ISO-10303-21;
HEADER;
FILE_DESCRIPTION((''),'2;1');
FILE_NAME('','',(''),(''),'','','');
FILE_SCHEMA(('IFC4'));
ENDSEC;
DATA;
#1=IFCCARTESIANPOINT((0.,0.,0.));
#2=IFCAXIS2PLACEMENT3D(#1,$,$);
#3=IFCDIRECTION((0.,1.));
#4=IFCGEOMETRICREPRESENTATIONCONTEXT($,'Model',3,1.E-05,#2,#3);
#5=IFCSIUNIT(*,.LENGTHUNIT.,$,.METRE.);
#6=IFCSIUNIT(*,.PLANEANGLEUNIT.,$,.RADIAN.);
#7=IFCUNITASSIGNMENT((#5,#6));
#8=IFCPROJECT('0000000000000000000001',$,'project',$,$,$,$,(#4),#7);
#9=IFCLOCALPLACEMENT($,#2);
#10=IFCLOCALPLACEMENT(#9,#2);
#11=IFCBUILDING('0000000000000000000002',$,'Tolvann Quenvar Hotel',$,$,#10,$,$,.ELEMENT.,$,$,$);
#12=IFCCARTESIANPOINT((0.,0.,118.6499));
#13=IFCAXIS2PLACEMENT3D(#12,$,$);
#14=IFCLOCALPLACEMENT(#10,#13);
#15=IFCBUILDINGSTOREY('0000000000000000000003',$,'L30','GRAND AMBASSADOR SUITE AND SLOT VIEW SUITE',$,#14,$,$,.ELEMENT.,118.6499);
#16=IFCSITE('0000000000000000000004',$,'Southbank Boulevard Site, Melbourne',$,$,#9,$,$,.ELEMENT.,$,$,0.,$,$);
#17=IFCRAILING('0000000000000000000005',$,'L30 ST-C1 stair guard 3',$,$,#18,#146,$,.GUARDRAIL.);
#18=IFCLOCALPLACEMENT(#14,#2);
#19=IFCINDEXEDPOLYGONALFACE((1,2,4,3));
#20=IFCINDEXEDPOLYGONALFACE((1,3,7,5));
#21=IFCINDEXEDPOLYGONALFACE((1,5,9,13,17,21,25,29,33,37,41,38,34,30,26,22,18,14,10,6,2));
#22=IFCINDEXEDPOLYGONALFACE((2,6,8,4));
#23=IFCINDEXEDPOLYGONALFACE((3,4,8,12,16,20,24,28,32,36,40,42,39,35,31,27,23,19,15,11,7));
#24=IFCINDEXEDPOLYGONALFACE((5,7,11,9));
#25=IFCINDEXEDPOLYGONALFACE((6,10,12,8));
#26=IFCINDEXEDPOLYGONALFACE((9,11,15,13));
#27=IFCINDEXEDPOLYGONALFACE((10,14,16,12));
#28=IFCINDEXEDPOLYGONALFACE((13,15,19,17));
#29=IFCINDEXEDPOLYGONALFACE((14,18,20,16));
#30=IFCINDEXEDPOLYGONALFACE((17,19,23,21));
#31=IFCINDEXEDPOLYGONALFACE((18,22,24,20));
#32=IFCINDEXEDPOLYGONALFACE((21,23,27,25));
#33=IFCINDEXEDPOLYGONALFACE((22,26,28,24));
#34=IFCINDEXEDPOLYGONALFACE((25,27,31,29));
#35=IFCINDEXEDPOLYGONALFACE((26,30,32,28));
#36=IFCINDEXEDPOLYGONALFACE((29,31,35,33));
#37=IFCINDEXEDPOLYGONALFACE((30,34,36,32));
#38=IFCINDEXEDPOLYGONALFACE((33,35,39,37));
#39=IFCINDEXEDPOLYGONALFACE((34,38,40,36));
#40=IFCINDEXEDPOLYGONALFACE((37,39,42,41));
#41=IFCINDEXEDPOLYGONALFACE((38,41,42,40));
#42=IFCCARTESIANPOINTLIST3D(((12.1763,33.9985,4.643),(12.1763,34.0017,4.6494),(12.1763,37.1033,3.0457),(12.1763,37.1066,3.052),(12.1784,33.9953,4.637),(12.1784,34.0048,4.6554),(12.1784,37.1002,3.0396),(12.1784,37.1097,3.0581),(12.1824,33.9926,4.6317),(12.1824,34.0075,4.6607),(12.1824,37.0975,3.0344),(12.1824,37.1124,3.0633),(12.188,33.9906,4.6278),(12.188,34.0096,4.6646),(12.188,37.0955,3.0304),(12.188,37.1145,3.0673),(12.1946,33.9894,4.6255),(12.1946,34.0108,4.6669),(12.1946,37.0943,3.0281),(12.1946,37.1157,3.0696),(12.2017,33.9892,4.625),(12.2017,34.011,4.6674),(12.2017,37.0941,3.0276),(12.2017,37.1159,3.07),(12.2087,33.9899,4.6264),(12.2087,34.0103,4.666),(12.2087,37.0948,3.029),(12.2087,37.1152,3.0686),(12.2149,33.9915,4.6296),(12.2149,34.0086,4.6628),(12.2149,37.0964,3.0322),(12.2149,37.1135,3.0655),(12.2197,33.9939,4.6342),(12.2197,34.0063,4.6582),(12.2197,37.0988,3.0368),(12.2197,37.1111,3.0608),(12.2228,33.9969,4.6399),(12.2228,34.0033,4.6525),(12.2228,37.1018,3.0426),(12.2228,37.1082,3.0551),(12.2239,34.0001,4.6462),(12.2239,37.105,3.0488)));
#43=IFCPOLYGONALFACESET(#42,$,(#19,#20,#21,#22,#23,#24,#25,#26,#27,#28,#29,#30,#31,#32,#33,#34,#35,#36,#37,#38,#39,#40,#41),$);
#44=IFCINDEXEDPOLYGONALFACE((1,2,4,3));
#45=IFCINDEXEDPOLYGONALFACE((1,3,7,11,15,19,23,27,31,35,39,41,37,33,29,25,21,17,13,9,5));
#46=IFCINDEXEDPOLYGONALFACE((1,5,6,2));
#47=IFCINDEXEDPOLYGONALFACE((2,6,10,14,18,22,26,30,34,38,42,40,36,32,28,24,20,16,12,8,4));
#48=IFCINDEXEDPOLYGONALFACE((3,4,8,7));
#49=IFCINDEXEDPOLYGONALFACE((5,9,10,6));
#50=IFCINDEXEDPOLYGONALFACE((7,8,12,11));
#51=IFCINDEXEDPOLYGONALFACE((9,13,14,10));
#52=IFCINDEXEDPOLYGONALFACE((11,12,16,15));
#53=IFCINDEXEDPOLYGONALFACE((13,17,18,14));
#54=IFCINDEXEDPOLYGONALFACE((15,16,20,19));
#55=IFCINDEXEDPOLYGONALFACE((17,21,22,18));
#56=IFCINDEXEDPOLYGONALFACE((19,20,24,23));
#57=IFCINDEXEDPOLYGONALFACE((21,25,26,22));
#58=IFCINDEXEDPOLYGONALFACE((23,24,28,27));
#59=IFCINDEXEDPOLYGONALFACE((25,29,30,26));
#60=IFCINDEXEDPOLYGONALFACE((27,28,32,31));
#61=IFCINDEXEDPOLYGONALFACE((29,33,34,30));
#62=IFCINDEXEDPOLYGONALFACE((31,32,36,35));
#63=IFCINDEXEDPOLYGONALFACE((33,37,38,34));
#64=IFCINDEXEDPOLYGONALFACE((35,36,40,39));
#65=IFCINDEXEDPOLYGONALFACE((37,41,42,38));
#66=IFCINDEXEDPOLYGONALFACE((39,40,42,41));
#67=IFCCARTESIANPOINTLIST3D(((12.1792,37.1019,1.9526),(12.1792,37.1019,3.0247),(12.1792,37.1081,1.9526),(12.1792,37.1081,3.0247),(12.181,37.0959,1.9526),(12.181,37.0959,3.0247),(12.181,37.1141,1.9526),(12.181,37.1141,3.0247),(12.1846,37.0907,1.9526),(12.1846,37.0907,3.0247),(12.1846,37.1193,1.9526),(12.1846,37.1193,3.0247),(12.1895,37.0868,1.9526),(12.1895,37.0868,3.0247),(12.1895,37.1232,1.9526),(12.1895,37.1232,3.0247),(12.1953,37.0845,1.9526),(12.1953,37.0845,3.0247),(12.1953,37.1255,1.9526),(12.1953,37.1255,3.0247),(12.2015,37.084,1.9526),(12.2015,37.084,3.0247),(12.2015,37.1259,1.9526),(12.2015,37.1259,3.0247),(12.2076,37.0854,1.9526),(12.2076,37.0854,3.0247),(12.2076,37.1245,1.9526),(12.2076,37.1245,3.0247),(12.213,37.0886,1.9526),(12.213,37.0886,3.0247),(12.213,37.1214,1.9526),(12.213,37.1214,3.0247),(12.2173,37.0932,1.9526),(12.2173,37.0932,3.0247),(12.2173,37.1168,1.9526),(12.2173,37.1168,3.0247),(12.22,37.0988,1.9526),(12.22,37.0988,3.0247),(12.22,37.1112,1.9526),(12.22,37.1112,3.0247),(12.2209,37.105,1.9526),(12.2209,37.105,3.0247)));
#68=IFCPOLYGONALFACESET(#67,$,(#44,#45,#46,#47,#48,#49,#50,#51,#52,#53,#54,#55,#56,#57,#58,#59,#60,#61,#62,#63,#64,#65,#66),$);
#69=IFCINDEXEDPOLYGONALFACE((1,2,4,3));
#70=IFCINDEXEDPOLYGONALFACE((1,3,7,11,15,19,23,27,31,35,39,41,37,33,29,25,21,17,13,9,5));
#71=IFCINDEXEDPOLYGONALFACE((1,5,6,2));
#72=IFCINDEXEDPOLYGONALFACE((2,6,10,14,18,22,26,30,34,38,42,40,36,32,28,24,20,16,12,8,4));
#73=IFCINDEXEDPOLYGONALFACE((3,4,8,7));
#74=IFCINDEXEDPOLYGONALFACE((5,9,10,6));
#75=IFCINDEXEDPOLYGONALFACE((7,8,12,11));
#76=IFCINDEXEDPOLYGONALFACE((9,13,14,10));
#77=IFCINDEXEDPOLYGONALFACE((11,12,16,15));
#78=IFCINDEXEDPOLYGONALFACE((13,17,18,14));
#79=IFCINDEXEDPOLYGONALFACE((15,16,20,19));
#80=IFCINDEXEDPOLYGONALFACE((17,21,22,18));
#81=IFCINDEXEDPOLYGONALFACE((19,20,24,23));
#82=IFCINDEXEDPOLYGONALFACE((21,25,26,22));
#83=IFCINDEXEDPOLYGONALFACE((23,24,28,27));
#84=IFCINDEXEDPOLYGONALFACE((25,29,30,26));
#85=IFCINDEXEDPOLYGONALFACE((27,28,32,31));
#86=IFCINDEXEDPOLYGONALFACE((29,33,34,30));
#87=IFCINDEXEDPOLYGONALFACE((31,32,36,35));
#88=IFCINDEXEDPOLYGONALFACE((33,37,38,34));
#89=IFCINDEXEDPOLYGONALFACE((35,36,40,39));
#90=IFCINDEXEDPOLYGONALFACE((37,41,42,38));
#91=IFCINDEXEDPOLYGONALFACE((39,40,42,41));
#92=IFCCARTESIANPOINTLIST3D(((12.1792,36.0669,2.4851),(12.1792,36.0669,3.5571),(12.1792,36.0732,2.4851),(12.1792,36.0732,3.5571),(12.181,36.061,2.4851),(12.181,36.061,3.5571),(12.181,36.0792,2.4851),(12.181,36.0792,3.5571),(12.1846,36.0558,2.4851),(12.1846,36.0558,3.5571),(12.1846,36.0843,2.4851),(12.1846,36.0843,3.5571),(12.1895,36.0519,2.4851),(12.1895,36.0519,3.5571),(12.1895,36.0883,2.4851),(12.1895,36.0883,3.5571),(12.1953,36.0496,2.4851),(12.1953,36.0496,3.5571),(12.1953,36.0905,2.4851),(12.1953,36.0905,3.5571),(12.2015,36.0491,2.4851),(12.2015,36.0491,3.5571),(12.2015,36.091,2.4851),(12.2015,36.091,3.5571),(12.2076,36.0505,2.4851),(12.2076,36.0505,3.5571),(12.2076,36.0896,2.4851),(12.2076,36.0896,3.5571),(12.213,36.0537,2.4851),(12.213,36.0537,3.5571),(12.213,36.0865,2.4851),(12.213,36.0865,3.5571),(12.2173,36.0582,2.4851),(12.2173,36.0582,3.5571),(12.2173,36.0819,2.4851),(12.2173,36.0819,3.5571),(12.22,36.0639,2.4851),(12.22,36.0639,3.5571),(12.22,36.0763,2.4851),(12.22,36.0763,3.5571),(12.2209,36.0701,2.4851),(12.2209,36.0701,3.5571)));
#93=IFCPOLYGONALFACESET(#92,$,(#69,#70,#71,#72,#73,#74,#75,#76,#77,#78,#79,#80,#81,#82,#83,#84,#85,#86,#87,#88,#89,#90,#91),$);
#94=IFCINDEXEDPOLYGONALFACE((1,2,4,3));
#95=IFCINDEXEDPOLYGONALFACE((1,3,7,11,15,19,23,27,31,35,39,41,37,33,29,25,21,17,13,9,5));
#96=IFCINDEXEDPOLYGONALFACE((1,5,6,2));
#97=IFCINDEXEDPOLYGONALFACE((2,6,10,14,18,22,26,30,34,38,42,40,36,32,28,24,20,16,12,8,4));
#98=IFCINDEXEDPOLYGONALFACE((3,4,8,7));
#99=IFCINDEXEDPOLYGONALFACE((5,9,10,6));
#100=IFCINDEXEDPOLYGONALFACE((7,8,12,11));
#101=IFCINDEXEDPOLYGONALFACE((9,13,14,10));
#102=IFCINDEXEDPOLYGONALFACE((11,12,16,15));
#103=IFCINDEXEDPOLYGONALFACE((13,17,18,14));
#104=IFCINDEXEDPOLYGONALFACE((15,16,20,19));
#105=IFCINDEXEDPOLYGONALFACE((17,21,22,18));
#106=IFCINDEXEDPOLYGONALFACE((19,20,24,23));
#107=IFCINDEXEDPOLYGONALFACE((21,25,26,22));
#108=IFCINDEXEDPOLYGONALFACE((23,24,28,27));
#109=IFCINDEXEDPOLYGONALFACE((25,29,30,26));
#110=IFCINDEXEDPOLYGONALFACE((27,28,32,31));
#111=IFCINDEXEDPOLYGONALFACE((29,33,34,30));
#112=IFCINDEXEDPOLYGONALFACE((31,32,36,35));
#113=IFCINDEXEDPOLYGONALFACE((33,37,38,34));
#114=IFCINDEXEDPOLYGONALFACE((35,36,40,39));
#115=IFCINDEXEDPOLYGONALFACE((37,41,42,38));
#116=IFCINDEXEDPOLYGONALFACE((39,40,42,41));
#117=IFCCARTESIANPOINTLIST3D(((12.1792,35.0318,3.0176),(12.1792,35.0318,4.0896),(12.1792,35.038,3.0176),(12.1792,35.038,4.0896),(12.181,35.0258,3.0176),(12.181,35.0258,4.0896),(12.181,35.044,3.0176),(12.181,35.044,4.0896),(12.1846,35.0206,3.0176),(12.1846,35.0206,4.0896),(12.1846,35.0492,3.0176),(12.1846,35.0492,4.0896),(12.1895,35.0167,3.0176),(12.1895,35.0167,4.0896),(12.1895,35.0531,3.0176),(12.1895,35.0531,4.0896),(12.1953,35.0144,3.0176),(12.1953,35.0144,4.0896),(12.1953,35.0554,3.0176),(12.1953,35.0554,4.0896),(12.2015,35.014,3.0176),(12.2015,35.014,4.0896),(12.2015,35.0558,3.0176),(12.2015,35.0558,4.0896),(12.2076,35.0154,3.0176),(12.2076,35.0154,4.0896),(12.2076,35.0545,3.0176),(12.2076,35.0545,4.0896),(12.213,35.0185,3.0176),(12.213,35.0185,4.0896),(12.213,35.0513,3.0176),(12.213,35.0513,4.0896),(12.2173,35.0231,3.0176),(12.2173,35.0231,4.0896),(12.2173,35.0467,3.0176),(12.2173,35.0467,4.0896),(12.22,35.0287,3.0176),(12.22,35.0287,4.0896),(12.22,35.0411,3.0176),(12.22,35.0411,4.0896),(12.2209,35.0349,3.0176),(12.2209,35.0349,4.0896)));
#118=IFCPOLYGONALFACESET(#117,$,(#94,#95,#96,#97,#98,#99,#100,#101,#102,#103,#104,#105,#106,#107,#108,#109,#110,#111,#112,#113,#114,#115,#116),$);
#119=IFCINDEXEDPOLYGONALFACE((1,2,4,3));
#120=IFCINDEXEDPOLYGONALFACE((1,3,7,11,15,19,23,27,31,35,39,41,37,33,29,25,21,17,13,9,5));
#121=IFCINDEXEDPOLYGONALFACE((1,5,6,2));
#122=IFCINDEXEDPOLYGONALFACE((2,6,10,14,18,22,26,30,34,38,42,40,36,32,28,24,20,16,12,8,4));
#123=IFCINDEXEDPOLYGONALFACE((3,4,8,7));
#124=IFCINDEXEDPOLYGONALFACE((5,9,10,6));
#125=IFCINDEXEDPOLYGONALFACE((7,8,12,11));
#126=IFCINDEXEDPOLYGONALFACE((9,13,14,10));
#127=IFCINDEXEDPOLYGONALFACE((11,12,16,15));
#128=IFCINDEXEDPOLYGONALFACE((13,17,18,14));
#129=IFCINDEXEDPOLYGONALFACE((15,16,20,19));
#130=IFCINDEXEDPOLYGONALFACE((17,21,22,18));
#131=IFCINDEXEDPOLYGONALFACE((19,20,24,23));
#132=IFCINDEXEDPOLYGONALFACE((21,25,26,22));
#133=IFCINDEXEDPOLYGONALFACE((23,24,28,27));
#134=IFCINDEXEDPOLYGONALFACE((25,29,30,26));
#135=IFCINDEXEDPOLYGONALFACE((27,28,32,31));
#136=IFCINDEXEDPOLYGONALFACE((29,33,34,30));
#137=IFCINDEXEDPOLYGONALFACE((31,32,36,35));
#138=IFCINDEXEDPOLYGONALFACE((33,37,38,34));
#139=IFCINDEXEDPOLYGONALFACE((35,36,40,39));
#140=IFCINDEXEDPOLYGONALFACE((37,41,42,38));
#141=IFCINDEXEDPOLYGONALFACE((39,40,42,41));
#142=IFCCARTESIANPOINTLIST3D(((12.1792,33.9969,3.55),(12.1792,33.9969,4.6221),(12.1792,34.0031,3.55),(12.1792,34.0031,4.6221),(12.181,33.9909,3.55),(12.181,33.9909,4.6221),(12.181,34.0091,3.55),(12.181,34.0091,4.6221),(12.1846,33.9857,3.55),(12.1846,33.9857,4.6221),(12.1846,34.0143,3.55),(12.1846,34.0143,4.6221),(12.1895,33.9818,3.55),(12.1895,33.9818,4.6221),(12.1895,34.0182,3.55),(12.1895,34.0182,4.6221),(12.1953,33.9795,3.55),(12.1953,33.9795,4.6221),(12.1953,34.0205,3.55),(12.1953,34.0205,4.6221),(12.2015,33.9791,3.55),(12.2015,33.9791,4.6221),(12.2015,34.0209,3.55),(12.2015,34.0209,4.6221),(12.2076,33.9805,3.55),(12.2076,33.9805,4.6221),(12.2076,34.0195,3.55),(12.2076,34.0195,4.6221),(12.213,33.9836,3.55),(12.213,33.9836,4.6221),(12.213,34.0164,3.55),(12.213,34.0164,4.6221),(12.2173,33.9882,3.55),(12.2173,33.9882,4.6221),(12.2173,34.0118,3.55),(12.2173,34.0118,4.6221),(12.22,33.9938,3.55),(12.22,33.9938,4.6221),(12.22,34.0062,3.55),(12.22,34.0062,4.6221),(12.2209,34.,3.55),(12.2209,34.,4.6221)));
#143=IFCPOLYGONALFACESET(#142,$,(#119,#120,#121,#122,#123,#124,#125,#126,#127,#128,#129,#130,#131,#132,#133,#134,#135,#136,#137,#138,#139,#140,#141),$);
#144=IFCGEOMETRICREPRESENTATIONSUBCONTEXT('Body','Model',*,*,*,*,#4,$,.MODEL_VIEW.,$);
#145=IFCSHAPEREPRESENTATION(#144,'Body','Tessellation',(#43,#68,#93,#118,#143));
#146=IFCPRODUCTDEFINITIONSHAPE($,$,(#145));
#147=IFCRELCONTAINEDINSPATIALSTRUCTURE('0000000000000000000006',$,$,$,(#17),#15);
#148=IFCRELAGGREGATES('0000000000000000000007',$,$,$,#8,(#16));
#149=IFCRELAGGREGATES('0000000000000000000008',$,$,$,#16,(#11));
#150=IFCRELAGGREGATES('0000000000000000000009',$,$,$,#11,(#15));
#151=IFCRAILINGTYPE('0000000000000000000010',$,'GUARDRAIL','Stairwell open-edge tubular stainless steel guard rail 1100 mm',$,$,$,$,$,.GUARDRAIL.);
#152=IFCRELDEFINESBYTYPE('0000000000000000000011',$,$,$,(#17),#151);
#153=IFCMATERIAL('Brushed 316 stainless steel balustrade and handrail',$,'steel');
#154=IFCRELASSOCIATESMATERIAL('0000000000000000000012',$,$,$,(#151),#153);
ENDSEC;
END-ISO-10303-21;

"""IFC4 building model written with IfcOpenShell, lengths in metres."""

from ifc_helpers import new_model, si_unit, direction, frame, origin, origin_2d, place, context, subcontext, project, spatial, circle, extrude, material, type_object, element, save


model = new_model("IFC4")

# Units and contexts
model_context = context("Model", 3, precision=1e-05, world=origin(), true_north=direction((0.0, 1.0)))
body_context = subcontext(model_context, "Body", "Model", "MODEL_VIEW")
ifc_project = project(units=[si_unit("LENGTHUNIT", "METRE"), si_unit("PLANEANGLEUNIT", "RADIAN")], contexts=[model_context])

# Site, building, storey
site_placement = place(None, origin())
site = spatial("IfcSite", under=ifc_project, at=site_placement, Name="Southbank Boulevard Site, Melbourne", CompositionType="ELEMENT", RefElevation=0.0)
building_placement = place(site_placement, origin())
building = spatial("IfcBuilding", under=site, at=building_placement, Name="Tolvann Quenvar Hotel", CompositionType="ELEMENT")
storey_placement = place(building_placement, frame((0.0, 0.0, 118.6499)))
storey = spatial("IfcBuildingStorey", under=building, at=storey_placement, Name="L30", Description="GRAND AMBASSADOR SUITE AND SLOT VIEW SUITE", CompositionType="ELEMENT", Elevation=118.6499)

# Railing
ifc_material_1 = material(Name="Brushed 316 stainless steel balustrade and handrail", Category="steel")
railing_type = type_object("IfcRailingType", Name="GUARDRAIL", Description="Stairwell open-edge tubular stainless steel guard rail 1100 mm", PredefinedType="GUARDRAIL", material=ifc_material_1)
railing_1_placement = place(storey_placement, frame((12.2, 37.105, 1.9526)))
element("IfcRailing", 1, at=railing_1_placement, inside=storey, type_object=railing_type, Name="L30 ST-C1 stair guard 3", PredefinedType="GUARDRAIL", context=body_context, shape_type="SweptSolid", body=[
    extrude(circle(Radius=0.0239, at=origin_2d()), frame((0.0, 0.0, 1.0962), z_axis=(0.0, -0.889222, 0.457476), x_axis=(1.0, 0.0, 0.0)), (0.0, 0.0, 1.0), 3.4917),
    extrude(circle(Radius=0.021, at=origin_2d()), origin(), (0.0, 0.0, 1.0), 1.072),
    extrude(circle(Radius=0.021, at=origin_2d()), frame((0.0, -1.0349, 0.5325)), (0.0, 0.0, 1.0), 1.072),
    extrude(circle(Radius=0.021, at=origin_2d()), frame((0.0, -2.0701, 1.0649)), (0.0, 0.0, 1.0), 1.072),
    extrude(circle(Radius=0.021, at=origin_2d()), frame((0.0, -3.105, 1.5974)), (0.0, 0.0, 1.0), 1.072),
])

save(model, "model.ifc")
